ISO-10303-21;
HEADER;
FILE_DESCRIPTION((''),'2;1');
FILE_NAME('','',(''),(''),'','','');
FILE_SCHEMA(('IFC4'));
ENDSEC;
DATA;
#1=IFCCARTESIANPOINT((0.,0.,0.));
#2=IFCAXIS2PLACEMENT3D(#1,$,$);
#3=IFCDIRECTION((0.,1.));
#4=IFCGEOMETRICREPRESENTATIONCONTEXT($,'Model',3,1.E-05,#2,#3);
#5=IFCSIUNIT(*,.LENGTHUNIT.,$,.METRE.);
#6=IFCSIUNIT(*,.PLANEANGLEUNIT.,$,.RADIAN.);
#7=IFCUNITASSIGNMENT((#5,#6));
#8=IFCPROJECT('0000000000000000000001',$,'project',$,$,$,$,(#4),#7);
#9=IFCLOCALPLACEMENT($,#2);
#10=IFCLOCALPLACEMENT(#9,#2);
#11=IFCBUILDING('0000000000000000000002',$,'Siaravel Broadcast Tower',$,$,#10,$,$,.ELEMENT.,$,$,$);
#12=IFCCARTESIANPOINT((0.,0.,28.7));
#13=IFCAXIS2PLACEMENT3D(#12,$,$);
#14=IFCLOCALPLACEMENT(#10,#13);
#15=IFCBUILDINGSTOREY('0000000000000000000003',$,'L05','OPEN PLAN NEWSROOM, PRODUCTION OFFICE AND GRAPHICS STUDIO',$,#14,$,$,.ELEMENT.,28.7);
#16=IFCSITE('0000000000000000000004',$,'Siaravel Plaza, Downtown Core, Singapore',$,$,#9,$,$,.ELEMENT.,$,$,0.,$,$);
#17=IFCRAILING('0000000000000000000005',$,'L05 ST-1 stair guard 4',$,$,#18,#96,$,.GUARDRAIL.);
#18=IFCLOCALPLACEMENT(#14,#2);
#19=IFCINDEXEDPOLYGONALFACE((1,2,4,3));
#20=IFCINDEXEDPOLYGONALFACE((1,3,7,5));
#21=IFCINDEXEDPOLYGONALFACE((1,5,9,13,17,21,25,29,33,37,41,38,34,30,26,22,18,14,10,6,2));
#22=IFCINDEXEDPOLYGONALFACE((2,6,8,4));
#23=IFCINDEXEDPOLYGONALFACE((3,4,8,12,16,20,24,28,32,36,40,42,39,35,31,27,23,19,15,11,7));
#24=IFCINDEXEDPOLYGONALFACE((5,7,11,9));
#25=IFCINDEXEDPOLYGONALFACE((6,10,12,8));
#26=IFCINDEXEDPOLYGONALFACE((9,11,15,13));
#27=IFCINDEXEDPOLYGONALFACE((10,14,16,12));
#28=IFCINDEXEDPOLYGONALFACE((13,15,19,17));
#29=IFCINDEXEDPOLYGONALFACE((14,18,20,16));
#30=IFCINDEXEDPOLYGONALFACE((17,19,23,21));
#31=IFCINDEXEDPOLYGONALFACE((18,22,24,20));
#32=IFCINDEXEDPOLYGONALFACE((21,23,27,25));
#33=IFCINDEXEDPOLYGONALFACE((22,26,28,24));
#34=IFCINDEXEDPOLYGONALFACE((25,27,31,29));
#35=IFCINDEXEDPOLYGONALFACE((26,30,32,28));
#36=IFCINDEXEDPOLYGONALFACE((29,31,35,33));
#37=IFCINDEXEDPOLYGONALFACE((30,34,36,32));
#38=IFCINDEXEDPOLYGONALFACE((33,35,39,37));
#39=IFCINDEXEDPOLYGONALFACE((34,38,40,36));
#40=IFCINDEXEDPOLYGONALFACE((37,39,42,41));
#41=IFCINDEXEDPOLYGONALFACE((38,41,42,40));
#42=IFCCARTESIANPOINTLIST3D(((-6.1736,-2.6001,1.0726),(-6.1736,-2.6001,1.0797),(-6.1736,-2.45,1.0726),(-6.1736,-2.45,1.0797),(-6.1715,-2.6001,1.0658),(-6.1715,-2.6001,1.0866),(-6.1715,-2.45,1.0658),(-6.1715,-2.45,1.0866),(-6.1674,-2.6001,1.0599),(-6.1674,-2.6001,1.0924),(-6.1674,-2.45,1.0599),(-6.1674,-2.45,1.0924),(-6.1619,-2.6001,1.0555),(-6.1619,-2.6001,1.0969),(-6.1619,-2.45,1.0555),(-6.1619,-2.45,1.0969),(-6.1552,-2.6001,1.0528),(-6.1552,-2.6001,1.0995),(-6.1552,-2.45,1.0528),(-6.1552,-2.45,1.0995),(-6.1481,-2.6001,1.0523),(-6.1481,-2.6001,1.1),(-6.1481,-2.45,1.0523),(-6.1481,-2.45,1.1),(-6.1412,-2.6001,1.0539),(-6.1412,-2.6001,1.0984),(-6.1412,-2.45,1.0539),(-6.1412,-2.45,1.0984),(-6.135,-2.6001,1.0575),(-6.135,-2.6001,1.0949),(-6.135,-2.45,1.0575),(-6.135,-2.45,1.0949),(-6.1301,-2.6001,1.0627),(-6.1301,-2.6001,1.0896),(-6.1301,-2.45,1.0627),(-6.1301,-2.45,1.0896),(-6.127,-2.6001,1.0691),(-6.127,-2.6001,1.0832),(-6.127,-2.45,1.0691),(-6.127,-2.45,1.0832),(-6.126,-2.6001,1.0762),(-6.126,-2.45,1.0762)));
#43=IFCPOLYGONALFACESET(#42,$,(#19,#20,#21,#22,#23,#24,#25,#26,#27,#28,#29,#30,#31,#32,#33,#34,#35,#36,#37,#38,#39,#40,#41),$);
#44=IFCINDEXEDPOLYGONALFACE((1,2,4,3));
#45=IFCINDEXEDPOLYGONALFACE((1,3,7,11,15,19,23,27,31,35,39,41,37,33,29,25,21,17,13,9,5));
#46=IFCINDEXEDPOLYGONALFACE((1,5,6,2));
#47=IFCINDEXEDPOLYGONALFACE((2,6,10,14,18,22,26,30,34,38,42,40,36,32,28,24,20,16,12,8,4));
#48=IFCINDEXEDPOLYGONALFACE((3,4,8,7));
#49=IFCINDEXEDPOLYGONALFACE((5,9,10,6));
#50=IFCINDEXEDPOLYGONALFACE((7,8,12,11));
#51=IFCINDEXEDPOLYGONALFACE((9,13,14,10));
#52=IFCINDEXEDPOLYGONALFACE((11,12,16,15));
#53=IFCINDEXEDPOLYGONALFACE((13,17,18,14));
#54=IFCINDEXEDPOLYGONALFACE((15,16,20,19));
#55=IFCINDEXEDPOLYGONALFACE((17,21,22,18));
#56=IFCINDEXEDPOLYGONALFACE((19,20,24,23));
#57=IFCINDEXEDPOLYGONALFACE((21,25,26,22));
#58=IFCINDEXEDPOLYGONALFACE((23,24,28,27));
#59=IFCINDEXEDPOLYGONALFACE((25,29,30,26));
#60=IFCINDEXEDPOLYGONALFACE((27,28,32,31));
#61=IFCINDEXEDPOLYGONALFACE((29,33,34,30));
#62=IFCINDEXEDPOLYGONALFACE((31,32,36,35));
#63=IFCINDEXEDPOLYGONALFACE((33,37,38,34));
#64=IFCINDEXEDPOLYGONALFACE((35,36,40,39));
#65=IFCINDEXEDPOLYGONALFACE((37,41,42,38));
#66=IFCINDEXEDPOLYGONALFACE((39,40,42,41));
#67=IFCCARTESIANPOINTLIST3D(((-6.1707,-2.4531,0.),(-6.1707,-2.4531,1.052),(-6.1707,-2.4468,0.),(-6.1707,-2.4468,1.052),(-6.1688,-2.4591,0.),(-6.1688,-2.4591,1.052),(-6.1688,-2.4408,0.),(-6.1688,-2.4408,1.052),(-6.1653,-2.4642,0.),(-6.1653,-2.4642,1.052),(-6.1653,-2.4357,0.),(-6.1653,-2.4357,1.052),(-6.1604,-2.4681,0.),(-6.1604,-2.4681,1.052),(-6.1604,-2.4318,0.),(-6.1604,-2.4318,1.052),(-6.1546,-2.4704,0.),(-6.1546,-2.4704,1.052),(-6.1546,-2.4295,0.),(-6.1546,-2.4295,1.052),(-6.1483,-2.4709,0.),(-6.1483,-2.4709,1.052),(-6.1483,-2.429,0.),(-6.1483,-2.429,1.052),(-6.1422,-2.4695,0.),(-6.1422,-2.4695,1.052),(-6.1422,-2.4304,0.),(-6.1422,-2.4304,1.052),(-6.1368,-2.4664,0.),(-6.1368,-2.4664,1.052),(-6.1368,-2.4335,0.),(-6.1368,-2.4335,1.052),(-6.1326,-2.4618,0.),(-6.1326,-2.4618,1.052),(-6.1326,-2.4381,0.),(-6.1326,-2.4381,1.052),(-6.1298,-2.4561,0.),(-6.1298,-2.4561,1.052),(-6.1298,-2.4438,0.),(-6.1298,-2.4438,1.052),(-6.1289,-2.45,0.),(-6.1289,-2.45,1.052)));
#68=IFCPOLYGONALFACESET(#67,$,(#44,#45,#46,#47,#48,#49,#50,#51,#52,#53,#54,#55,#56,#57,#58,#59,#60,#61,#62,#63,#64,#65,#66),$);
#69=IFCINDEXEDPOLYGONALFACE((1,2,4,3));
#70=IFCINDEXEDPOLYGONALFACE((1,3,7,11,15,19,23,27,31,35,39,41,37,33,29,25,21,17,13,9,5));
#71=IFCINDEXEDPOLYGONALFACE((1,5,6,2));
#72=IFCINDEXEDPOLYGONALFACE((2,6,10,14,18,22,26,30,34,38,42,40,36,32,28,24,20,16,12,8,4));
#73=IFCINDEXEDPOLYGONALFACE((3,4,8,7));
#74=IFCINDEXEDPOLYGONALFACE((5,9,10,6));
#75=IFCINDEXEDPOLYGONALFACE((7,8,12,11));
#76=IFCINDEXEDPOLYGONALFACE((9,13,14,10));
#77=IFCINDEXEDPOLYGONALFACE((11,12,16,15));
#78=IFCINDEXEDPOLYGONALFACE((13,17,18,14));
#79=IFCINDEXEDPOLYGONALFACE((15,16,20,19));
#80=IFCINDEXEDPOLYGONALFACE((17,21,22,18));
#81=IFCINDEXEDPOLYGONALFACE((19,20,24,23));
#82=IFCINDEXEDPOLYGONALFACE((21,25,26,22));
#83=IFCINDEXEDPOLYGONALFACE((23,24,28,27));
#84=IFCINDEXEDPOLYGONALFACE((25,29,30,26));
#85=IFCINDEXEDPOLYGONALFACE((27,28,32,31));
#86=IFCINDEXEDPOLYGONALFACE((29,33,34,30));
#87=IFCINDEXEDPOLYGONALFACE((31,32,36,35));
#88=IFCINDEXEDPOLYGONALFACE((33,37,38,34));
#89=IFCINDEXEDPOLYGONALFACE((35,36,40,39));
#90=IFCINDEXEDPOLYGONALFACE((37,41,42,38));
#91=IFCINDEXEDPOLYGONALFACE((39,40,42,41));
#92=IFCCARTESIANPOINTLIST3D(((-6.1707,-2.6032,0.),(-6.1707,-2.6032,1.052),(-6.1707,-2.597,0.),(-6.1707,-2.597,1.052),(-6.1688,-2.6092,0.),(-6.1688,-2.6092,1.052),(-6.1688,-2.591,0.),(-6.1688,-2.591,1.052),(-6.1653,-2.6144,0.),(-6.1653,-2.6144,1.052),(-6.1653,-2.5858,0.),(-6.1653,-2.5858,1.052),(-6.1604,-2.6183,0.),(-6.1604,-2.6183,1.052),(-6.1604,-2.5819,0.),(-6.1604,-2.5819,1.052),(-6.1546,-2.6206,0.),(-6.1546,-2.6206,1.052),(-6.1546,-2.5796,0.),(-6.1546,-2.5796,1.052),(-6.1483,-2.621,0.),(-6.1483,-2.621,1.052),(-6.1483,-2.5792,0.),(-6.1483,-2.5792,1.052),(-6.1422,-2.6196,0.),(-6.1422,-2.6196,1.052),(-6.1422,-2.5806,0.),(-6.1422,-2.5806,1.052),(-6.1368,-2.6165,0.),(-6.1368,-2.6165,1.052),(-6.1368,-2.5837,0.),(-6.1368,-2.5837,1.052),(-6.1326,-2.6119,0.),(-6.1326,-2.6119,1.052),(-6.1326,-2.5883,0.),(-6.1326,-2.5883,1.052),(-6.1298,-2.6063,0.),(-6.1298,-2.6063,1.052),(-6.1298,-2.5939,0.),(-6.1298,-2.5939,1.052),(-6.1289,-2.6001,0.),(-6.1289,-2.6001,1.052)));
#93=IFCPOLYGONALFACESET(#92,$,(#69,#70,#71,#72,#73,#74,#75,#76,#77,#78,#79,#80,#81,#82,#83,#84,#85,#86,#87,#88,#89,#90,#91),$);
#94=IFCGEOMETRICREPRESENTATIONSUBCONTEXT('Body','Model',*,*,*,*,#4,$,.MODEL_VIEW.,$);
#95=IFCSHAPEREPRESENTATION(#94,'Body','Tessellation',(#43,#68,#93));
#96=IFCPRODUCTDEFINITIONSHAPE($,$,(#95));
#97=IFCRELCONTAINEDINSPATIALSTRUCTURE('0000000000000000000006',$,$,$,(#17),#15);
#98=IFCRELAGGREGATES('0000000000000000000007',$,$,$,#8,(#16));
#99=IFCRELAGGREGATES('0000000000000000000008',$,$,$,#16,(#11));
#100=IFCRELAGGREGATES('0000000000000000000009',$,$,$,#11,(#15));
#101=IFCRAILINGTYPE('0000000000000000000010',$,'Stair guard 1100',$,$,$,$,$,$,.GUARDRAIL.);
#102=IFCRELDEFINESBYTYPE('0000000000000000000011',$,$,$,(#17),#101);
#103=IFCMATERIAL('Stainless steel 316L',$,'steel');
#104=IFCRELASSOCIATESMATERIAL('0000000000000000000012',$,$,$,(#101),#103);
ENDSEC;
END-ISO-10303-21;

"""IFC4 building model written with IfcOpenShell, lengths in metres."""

from ifc_helpers import new_model, si_unit, direction, frame, origin, origin_2d, place, context, subcontext, project, spatial, circle, extrude, material, type_object, element, save


model = new_model("IFC4")

# Units and contexts
model_context = context("Model", 3, precision=1e-05, world=origin(), true_north=direction((0.0, 1.0)))
body_context = subcontext(model_context, "Body", "Model", "MODEL_VIEW")
ifc_project = project(units=[si_unit("LENGTHUNIT", "METRE"), si_unit("PLANEANGLEUNIT", "RADIAN")], contexts=[model_context])

# Site, building, storey
site_placement = place(None, origin())
site = spatial("IfcSite", under=ifc_project, at=site_placement, Name="Siaravel Plaza, Downtown Core, Singapore", CompositionType="ELEMENT", RefElevation=0.0)
building_placement = place(site_placement, origin())
building = spatial("IfcBuilding", under=site, at=building_placement, Name="Siaravel Broadcast Tower", CompositionType="ELEMENT")
storey_placement = place(building_placement, frame((0.0, 0.0, 28.7)))
storey = spatial("IfcBuildingStorey", under=building, at=storey_placement, Name="L05", Description="OPEN PLAN NEWSROOM, PRODUCTION OFFICE AND GRAPHICS STUDIO", CompositionType="ELEMENT", Elevation=28.7)

# Railing
ifc_material_1 = material(Name="Stainless steel 316L", Category="steel")
railing_type_1 = type_object("IfcRailingType", Name="Stair guard 1100", PredefinedType="GUARDRAIL", material=ifc_material_1)
railing_1_placement = place(storey_placement, frame((-6.1499, -2.45, 0.0)))
element("IfcRailing", 1, at=railing_1_placement, inside=storey, type_object=railing_type_1, Name="L05 ST-1 stair guard 4", PredefinedType="GUARDRAIL", context=body_context, shape_type="SweptSolid", body=[
    extrude(circle(Radius=0.0239, at=origin_2d()), frame((0.0, 0.0, 1.0762), z_axis=(0.0, -1.0, 0.0), x_axis=(1.0, 0.0, 0.0)), (0.0, 0.0, 1.0), 0.1501),
    extrude(circle(Radius=0.021, at=origin_2d()), origin(), (0.0, 0.0, 1.0), 1.052),
    extrude(circle(Radius=0.021, at=origin_2d()), frame((0.0, -0.1501, 0.0)), (0.0, 0.0, 1.0), 1.052),
])

save(model, "model.ifc")
